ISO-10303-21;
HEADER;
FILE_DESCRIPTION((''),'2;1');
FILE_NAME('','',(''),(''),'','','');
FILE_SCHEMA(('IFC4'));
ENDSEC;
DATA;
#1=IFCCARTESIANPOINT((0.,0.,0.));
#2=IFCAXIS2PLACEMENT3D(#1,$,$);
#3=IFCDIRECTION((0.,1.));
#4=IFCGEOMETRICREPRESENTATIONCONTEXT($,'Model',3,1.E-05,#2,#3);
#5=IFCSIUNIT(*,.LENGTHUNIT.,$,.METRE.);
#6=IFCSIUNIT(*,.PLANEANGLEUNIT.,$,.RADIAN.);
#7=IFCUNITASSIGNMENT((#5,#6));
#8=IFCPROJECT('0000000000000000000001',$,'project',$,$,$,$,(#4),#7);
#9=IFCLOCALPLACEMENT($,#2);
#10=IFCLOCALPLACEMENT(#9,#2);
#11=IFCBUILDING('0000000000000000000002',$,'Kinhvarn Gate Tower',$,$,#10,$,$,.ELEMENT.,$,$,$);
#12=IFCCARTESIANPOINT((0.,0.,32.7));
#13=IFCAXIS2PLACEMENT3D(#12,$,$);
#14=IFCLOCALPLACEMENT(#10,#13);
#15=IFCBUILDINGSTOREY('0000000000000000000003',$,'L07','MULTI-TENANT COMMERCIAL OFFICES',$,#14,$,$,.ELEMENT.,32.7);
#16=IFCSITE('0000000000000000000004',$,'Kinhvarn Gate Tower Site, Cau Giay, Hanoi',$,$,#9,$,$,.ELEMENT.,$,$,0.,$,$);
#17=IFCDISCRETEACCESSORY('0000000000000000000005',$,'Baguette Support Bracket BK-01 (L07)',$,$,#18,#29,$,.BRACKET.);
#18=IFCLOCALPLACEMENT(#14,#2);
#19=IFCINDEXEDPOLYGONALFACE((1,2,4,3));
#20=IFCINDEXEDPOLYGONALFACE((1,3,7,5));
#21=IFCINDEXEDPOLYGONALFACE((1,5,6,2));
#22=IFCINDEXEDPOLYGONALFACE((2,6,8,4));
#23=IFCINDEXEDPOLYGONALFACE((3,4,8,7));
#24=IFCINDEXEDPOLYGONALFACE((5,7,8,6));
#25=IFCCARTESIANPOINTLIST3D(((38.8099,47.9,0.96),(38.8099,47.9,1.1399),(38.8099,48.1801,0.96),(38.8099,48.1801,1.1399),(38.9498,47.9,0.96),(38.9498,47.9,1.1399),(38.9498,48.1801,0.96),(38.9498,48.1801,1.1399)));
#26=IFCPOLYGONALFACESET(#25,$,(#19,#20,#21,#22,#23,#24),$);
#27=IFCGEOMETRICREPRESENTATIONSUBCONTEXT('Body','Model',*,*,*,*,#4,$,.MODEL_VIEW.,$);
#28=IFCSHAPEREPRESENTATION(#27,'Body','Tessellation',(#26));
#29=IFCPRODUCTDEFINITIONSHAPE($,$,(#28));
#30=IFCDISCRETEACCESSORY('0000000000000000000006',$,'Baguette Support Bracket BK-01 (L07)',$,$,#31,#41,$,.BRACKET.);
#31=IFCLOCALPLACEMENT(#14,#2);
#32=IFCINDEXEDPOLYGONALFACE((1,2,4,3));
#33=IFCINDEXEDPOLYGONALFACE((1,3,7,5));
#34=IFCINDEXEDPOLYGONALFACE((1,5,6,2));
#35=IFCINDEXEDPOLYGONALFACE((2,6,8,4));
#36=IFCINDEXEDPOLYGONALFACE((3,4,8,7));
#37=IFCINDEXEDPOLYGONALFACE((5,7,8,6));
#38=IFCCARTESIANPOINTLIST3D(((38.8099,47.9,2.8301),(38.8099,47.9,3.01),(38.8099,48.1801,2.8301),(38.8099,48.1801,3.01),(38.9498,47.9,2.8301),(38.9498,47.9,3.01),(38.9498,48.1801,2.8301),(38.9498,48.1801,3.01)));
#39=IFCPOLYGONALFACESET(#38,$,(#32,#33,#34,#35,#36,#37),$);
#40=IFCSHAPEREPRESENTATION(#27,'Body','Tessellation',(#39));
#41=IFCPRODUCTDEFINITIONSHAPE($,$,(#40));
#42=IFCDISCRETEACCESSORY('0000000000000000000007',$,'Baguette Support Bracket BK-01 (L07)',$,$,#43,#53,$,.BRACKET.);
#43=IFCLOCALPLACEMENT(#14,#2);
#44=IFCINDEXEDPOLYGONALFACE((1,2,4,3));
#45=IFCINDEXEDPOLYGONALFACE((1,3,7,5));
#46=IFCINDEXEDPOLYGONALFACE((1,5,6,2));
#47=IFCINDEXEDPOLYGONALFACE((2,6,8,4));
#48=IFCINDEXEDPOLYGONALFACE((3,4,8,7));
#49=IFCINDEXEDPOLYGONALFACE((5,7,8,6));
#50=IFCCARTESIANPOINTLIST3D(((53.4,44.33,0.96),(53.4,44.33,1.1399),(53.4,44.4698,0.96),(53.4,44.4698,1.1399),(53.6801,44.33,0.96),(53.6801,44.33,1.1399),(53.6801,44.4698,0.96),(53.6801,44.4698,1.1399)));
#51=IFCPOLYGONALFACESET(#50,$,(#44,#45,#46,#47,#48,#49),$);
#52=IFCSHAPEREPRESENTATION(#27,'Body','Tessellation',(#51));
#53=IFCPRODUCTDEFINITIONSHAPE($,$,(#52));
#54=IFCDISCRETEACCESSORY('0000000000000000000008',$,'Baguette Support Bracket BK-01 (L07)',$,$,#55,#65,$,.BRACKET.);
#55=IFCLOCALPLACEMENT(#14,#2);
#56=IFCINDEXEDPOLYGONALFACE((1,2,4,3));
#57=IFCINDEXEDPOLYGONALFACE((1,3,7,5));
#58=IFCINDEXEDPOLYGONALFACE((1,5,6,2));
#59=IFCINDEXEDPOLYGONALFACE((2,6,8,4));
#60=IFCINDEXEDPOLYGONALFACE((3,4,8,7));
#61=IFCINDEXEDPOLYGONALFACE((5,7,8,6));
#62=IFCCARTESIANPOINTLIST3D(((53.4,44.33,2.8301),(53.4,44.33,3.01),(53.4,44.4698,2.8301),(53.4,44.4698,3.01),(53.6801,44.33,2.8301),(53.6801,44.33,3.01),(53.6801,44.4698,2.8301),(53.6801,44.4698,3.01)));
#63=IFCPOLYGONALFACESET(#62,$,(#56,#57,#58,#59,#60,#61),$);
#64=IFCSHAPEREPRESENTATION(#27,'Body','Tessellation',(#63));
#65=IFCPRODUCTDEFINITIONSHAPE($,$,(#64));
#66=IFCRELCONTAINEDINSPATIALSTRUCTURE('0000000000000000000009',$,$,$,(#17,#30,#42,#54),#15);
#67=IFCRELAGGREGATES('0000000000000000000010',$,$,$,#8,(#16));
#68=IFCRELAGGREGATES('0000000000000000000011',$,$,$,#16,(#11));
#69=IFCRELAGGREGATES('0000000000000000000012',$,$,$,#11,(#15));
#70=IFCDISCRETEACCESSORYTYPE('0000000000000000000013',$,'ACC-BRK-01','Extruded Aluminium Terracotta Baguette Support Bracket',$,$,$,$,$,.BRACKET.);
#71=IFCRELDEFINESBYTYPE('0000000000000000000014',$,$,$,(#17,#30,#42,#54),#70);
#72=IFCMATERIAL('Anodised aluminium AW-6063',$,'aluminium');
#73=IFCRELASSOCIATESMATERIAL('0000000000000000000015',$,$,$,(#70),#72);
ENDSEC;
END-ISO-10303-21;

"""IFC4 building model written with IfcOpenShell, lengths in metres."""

from ifc_helpers import new_model, si_unit, direction, frame, origin, origin_2d, place, context, subcontext, project, spatial, rectangle, extrude, material, type_object, element, save


model = new_model("IFC4")

# Units and contexts
model_context = context("Model", 3, precision=1e-05, world=origin(), true_north=direction((0.0, 1.0)))
body_context = subcontext(model_context, "Body", "Model", "MODEL_VIEW")
ifc_project = project(units=[si_unit("LENGTHUNIT", "METRE"), si_unit("PLANEANGLEUNIT", "RADIAN")], contexts=[model_context])

# Site, building, storey
site_placement = place(None, origin())
site = spatial("IfcSite", under=ifc_project, at=site_placement, Name="Kinhvarn Gate Tower Site, Cau Giay, Hanoi", CompositionType="ELEMENT", RefElevation=0.0)
building_placement = place(site_placement, origin())
building = spatial("IfcBuilding", under=site, at=building_placement, Name="Kinhvarn Gate Tower", CompositionType="ELEMENT")
storey_placement = place(building_placement, frame((0.0, 0.0, 32.7)))
storey = spatial("IfcBuildingStorey", under=building, at=storey_placement, Name="L07", Description="MULTI-TENANT COMMERCIAL OFFICES", CompositionType="ELEMENT", Elevation=32.7)

# Shared definitions
ifc_material_1 = material(Name="Anodised aluminium AW-6063", Category="aluminium")

# Discrete accessories
discrete_accessory_type = type_object("IfcDiscreteAccessoryType", Name="ACC-BRK-01", Description="Extruded Aluminium Terracotta Baguette Support Bracket", PredefinedType="BRACKET", material=ifc_material_1)
for number, where, z_axis, x_axis, name in (
    (1, (38.8799, 48.04, 0.96), (0.0, 0.0, 1.0), (-1.0, 0.0, 0.0), "Baguette Support Bracket BK-01 (L07)"),
    (2, (38.8799, 48.04, 2.8301), (0.0, 0.0, 1.0), (-1.0, 0.0, 0.0), "Baguette Support Bracket BK-01 (L07)"),
    (3, (53.54, 44.3999, 0.96), (0.0, 0.0, 1.0), (0.0, 1.0, 0.0), "Baguette Support Bracket BK-01 (L07)"),
    (4, (53.54, 44.3999, 2.8301), (0.0, 0.0, 1.0), (0.0, 1.0, 0.0), "Baguette Support Bracket BK-01 (L07)"),
):
    element("IfcDiscreteAccessory", number, at=place(storey_placement, frame(where, z_axis=z_axis, x_axis=x_axis)), inside=storey, type_object=discrete_accessory_type, Name=name, PredefinedType="BRACKET", context=body_context, shape_type="SweptSolid", body=[
        extrude(rectangle(XDim=0.1399, YDim=0.28, at=origin_2d()), origin(), (0.0, 0.0, 1.0), 0.1799),
    ])

save(model, "model.ifc")
